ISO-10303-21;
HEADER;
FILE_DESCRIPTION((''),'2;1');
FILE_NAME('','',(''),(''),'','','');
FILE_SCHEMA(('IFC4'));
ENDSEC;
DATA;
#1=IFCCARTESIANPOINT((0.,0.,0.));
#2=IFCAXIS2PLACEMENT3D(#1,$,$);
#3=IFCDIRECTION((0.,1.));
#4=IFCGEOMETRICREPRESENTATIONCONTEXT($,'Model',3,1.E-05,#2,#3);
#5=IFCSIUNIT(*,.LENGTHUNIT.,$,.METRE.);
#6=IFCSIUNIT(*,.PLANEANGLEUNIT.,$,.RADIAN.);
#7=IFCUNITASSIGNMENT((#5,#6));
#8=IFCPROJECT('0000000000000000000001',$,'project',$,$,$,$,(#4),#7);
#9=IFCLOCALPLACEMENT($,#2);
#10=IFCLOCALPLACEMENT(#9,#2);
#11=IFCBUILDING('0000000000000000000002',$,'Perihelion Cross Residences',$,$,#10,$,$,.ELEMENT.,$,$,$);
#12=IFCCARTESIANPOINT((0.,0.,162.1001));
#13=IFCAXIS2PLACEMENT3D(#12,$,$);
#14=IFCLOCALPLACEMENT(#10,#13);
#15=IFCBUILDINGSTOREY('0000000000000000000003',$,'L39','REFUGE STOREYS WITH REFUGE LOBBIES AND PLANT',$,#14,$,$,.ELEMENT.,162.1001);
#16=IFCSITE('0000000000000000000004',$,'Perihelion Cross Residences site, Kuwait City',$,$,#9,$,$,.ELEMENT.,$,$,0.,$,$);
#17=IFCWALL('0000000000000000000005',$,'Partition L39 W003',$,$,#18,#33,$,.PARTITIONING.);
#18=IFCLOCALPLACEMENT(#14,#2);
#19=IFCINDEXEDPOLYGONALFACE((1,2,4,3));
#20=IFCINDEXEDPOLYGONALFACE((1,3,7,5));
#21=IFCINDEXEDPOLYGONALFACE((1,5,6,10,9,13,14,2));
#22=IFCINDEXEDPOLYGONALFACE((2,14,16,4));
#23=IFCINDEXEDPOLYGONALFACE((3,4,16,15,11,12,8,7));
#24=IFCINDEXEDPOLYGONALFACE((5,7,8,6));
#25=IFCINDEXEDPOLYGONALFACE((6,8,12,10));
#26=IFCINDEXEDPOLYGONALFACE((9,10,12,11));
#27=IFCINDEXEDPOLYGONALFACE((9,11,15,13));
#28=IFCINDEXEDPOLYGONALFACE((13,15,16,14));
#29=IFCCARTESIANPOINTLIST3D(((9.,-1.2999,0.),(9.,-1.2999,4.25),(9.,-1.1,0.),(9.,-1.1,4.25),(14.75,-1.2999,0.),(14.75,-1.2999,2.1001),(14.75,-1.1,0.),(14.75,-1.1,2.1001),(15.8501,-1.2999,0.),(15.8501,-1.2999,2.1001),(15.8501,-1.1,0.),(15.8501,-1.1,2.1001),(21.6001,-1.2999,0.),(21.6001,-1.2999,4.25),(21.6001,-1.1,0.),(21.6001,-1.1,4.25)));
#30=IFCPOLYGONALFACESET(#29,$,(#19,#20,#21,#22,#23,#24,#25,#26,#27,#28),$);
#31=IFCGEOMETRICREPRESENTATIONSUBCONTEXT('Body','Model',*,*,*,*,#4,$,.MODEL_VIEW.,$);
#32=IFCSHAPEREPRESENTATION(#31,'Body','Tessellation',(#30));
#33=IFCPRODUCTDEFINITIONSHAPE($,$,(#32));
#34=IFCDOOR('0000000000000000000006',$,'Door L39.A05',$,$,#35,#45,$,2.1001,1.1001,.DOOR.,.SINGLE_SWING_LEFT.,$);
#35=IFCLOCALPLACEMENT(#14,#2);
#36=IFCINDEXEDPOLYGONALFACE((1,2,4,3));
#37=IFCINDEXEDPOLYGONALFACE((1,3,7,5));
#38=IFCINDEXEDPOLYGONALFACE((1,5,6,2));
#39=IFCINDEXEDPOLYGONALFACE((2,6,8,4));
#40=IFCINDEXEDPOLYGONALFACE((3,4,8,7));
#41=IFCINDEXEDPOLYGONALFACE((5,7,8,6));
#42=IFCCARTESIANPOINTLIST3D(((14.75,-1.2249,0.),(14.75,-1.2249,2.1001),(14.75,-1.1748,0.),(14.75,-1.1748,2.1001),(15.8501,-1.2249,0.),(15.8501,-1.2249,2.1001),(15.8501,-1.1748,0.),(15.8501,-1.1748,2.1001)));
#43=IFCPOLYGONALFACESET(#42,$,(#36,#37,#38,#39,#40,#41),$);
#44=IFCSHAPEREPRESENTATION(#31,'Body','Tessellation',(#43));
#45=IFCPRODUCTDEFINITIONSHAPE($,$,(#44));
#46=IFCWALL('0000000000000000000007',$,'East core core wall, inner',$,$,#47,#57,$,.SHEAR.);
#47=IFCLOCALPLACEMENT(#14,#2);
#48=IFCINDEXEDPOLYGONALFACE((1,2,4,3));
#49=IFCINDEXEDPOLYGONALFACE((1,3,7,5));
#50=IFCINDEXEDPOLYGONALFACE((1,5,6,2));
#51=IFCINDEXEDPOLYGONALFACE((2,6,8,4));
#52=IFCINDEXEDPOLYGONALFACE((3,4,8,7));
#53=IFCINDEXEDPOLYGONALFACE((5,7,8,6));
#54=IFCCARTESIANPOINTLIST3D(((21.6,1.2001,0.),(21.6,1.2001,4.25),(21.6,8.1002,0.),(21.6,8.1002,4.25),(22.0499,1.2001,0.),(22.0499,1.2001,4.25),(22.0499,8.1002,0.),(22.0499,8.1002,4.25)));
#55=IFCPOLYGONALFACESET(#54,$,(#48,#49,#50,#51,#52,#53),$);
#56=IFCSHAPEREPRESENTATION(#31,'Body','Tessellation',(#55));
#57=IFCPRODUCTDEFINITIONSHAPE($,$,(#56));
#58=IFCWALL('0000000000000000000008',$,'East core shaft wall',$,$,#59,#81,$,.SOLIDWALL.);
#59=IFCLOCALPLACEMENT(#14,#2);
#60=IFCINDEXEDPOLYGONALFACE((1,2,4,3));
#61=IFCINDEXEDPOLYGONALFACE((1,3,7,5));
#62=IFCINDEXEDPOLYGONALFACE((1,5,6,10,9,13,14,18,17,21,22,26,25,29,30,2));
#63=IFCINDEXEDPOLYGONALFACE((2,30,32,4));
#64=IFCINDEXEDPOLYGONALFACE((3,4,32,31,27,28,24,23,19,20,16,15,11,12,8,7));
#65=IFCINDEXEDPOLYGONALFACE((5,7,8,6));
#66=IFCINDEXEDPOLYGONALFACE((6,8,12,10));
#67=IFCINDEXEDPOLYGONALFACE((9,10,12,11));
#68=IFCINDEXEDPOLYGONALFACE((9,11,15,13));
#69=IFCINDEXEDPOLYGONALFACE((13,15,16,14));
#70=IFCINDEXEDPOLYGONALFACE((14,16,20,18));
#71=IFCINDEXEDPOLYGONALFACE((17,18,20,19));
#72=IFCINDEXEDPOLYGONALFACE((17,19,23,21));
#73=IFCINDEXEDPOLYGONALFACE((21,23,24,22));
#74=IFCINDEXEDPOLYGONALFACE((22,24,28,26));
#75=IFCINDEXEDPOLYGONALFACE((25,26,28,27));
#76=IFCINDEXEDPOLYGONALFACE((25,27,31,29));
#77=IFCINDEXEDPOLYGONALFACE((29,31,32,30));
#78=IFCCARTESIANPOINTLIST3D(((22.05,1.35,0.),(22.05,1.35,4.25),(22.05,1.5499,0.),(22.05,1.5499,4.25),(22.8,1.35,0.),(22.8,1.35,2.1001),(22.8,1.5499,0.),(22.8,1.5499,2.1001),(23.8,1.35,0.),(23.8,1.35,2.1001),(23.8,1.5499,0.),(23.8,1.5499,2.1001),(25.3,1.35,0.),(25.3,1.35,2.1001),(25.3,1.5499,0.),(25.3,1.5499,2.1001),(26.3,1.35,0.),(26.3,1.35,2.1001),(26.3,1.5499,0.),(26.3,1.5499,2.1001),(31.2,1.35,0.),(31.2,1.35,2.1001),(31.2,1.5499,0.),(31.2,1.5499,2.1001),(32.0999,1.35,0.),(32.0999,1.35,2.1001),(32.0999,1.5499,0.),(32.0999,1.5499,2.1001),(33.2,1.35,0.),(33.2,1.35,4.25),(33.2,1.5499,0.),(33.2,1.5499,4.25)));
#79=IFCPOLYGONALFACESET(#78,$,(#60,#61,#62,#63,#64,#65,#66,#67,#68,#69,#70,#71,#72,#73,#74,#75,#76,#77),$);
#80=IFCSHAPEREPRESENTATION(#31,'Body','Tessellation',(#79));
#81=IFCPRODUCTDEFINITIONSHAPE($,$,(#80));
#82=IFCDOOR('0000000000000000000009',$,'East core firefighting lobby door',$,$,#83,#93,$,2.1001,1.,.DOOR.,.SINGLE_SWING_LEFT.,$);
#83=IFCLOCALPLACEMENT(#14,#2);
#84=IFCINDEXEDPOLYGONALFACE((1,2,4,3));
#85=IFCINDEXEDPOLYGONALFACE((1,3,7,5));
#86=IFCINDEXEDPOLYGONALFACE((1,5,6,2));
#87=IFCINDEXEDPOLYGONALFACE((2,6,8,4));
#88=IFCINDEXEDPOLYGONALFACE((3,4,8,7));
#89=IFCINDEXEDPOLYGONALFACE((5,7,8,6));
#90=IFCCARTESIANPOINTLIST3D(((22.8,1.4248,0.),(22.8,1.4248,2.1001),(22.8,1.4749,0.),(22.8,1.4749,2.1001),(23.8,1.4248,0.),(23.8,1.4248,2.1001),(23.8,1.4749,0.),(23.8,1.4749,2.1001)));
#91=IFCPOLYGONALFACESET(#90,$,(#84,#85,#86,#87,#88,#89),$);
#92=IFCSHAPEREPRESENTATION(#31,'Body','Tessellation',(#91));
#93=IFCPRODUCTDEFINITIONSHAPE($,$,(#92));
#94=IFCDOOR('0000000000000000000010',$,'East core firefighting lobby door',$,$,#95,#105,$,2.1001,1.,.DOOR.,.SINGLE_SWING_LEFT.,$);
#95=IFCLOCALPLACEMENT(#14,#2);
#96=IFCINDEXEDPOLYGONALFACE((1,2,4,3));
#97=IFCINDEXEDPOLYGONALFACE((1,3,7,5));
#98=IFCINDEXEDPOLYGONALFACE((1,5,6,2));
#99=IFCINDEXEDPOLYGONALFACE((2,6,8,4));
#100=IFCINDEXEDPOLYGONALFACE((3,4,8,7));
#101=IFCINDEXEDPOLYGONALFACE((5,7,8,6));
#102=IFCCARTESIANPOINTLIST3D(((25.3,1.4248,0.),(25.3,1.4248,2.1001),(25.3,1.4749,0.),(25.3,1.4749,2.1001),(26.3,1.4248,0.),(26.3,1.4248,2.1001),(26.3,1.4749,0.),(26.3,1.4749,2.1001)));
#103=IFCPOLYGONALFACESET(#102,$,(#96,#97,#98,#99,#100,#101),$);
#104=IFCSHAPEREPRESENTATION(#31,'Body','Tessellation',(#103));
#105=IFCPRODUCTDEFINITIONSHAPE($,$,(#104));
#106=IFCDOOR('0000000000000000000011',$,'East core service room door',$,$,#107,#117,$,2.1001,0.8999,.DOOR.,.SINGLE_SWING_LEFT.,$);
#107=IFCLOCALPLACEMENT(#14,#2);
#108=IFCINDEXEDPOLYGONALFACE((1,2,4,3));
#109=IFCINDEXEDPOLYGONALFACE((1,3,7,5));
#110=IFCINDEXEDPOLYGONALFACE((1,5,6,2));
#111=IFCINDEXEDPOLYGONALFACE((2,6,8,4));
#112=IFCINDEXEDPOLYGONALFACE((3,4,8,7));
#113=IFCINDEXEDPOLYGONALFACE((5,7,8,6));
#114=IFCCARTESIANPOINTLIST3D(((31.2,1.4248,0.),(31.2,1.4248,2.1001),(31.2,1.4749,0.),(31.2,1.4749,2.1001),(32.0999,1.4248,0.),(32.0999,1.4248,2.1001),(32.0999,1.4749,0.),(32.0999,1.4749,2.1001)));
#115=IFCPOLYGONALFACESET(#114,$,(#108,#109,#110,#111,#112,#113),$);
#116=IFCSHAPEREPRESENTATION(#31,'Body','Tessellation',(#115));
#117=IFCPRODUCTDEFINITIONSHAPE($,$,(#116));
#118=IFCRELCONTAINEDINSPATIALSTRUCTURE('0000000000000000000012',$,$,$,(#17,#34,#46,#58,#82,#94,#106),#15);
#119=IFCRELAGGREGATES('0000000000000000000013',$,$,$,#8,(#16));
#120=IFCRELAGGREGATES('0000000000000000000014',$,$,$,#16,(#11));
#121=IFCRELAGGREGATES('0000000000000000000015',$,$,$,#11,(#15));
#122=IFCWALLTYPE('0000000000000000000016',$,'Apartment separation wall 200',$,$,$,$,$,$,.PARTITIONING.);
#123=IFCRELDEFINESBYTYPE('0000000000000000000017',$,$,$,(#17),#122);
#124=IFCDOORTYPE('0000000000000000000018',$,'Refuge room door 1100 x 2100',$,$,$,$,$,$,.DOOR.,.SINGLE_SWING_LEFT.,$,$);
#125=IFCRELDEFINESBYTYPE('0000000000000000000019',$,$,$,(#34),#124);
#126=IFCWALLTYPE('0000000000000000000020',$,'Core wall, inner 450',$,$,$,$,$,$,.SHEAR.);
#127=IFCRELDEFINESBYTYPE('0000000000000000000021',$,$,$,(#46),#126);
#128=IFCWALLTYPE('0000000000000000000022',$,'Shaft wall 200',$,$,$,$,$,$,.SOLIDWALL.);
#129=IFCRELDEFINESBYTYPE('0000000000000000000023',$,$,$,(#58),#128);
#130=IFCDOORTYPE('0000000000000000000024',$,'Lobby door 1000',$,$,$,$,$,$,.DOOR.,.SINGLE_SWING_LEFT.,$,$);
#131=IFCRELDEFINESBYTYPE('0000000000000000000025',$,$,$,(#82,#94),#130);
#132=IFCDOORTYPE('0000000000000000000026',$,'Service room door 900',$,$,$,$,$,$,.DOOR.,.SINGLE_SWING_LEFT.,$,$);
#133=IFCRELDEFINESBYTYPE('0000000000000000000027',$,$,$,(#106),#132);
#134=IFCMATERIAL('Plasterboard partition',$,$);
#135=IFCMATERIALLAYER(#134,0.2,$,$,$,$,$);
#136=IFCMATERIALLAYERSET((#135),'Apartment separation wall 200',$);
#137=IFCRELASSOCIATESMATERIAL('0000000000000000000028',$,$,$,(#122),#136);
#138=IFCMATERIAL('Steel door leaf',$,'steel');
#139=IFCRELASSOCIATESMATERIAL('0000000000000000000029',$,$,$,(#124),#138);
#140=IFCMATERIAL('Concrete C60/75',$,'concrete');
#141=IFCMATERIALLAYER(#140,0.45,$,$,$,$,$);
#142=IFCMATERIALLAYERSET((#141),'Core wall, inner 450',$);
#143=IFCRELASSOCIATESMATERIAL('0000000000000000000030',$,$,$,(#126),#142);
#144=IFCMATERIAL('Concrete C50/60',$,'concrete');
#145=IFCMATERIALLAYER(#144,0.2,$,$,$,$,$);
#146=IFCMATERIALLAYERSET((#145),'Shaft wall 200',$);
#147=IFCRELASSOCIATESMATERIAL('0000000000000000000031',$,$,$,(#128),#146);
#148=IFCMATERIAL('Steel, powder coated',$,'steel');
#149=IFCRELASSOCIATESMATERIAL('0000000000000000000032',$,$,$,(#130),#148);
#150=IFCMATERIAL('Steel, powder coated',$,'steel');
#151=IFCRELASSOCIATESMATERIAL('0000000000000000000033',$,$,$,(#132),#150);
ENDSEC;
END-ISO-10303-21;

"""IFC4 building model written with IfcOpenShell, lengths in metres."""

from ifc_helpers import new_model, si_unit, direction, frame, frame_2d, origin, place, context, subcontext, project, spatial, rectangle, extrude, material, layer, layer_set, type_object, element, fill, save


model = new_model("IFC4")

# Units and contexts
model_context = context("Model", 3, precision=1e-05, world=origin(), true_north=direction((0.0, 1.0)))
body_context = subcontext(model_context, "Body", "Model", "MODEL_VIEW")
ifc_project = project(units=[si_unit("LENGTHUNIT", "METRE"), si_unit("PLANEANGLEUNIT", "RADIAN")], contexts=[model_context])

# Site, building, storey
site_placement = place(None, origin())
site = spatial("IfcSite", under=ifc_project, at=site_placement, Name="Perihelion Cross Residences site, Kuwait City", CompositionType="ELEMENT", RefElevation=0.0)
building_placement = place(site_placement, origin())
building = spatial("IfcBuilding", under=site, at=building_placement, Name="Perihelion Cross Residences", CompositionType="ELEMENT")
storey_placement = place(building_placement, frame((0.0, 0.0, 162.1001)))
storey = spatial("IfcBuildingStorey", under=building, at=storey_placement, Name="L39", Description="REFUGE STOREYS WITH REFUGE LOBBIES AND PLANT", CompositionType="ELEMENT", Elevation=162.1001)

# Wall, opening, door
ifc_material_1 = material(Name="Plasterboard partition")
ifc_layer_1 = layer(ifc_material_1, 0.2)
ifc_layer_set_1 = layer_set([ifc_layer_1], Name="Apartment separation wall 200")
wall_type_1 = type_object("IfcWallType", Name="Apartment separation wall 200", PredefinedType="PARTITIONING", material=ifc_layer_set_1)
wall_1_placement = place(storey_placement, frame((21.6001, -1.2, 0.0), z_axis=(0.0, 0.0, 1.0), x_axis=(-1.0, 0.0, 0.0)))
wall_1 = element("IfcWall", 1, at=wall_1_placement, inside=storey, type_object=wall_type_1, Name="Partition L39 W003", PredefinedType="PARTITIONING", context=body_context, shape_type="SweptSolid", body=[
    extrude(rectangle(XDim=12.6001, YDim=0.2, at=frame_2d((6.3, 0.0))), origin(), (0.0, 0.0, 1.0), 4.25),
])
opening_1_placement = place(wall_1_placement, frame((5.75, 0.0, 0.0)))
opening_1 = element("IfcOpeningElement", 2, at=opening_1_placement, cuts=wall_1, PredefinedType="OPENING", context=body_context, shape_type="SweptSolid", body=[
    extrude(rectangle(XDim=1.1001, YDim=2.1001, at=frame_2d((0.55, 1.05))), frame((0.0, 0.1099, 0.0), z_axis=(0.0, -1.0, 0.0), x_axis=(1.0, 0.0, 0.0)), (0.0, 0.0, 1.0), 0.22),
])
ifc_material_2 = material(Name="Steel door leaf", Category="steel")
door_type_1 = type_object("IfcDoorType", Name="Refuge room door 1100 x 2100", OperationType="SINGLE_SWING_LEFT", PredefinedType="DOOR", material=ifc_material_2)
door_1_placement = place(opening_1_placement, origin())
door_1 = element("IfcDoor", 3, at=door_1_placement, inside=storey, type_object=door_type_1, Name="Door L39.A05", OperationType="SINGLE_SWING_LEFT", OverallHeight=2.1001, OverallWidth=1.1001, PredefinedType="DOOR", context=body_context, shape_type="SweptSolid", body=[
    extrude(rectangle(XDim=1.1001, YDim=2.1001, at=frame_2d((0.55, 1.05))), frame((0.0, 0.0249, 0.0), z_axis=(0.0, -1.0, 0.0), x_axis=(1.0, 0.0, 0.0)), (0.0, 0.0, 1.0), 0.05),
])
fill(opening_1, door_1)

# Wall
ifc_material_3 = material(Name="Concrete C60/75", Category="concrete")
ifc_layer_2 = layer(ifc_material_3, 0.45)
ifc_layer_set_2 = layer_set([ifc_layer_2], Name="Core wall, inner 450")
wall_type_2 = type_object("IfcWallType", Name="Core wall, inner 450", PredefinedType="SHEAR", material=ifc_layer_set_2)
wall_2_placement = place(storey_placement, frame((21.825, 1.2, 0.0), z_axis=(0.0, 0.0, 1.0), x_axis=(0.0, 1.0, 0.0)))
element("IfcWall", 4, at=wall_2_placement, inside=storey, type_object=wall_type_2, Name="East core core wall, inner", PredefinedType="SHEAR", context=body_context, shape_type="SweptSolid", body=[
    extrude(rectangle(XDim=6.9001, YDim=0.45, at=frame_2d((3.4502, 0.0))), origin(), (0.0, 0.0, 1.0), 4.25),
])

# Wall, openings, doors
ifc_material_4 = material(Name="Concrete C50/60", Category="concrete")
ifc_layer_3 = layer(ifc_material_4, 0.2)
ifc_layer_set_3 = layer_set([ifc_layer_3], Name="Shaft wall 200")
wall_type_3 = type_object("IfcWallType", Name="Shaft wall 200", PredefinedType="SOLIDWALL", material=ifc_layer_set_3)
wall_3_placement = place(storey_placement, frame((22.05, 1.45, 0.0), z_axis=(0.0, 0.0, 1.0), x_axis=(1.0, 0.0, 0.0)))
wall_3 = element("IfcWall", 5, at=wall_3_placement, inside=storey, type_object=wall_type_3, Name="East core shaft wall", PredefinedType="SOLIDWALL", context=body_context, shape_type="SweptSolid", body=[
    extrude(rectangle(XDim=11.1499, YDim=0.2, at=frame_2d((5.575, 0.0))), origin(), (0.0, 0.0, 1.0), 4.25),
])
opening_2_placement = place(wall_3_placement, frame((0.75, 0.0, 0.0)))
opening_2 = element("IfcOpeningElement", 6, at=opening_2_placement, cuts=wall_3, PredefinedType="OPENING", context=body_context, shape_type="SweptSolid", body=[
    extrude(rectangle(XDim=1.0, YDim=2.1001, at=frame_2d((0.5, 1.05))), frame((0.0, 0.1099, 0.0), z_axis=(0.0, -1.0, 0.0), x_axis=(1.0, 0.0, 0.0)), (0.0, 0.0, 1.0), 0.22),
])
opening_3_placement = place(wall_3_placement, frame((3.25, 0.0, 0.0)))
opening_3 = element("IfcOpeningElement", 7, at=opening_3_placement, cuts=wall_3, PredefinedType="OPENING", context=body_context, shape_type="SweptSolid", body=[
    extrude(rectangle(XDim=1.0, YDim=2.1001, at=frame_2d((0.5, 1.05))), frame((0.0, 0.1099, 0.0), z_axis=(0.0, -1.0, 0.0), x_axis=(1.0, 0.0, 0.0)), (0.0, 0.0, 1.0), 0.22),
])
opening_4_placement = place(wall_3_placement, frame((9.1499, 0.0, 0.0)))
opening_4 = element("IfcOpeningElement", 8, at=opening_4_placement, cuts=wall_3, PredefinedType="OPENING", context=body_context, shape_type="SweptSolid", body=[
    extrude(rectangle(XDim=0.8999, YDim=2.1001, at=frame_2d((0.45, 1.05))), frame((0.0, 0.1099, 0.0), z_axis=(0.0, -1.0, 0.0), x_axis=(1.0, 0.0, 0.0)), (0.0, 0.0, 1.0), 0.22),
])
ifc_material_5 = material(Name="Steel, powder coated", Category="steel")
door_type_2 = type_object("IfcDoorType", Name="Lobby door 1000", OperationType="SINGLE_SWING_LEFT", PredefinedType="DOOR", material=ifc_material_5)
door_2_placement = place(opening_2_placement, origin())
door_2 = element("IfcDoor", 9, at=door_2_placement, inside=storey, type_object=door_type_2, Name="East core firefighting lobby door", OperationType="SINGLE_SWING_LEFT", OverallHeight=2.1001, OverallWidth=1.0, PredefinedType="DOOR", context=body_context, shape_type="SweptSolid", body=[
    extrude(rectangle(XDim=1.0, YDim=2.1001, at=frame_2d((0.5, 1.05))), frame((0.0, 0.0249, 0.0), z_axis=(0.0, -1.0, 0.0), x_axis=(1.0, 0.0, 0.0)), (0.0, 0.0, 1.0), 0.05),
])
fill(opening_2, door_2)
door_3_placement = place(opening_3_placement, origin())
door_3 = element("IfcDoor", 10, at=door_3_placement, inside=storey, type_object=door_type_2, Name="East core firefighting lobby door", OperationType="SINGLE_SWING_LEFT", OverallHeight=2.1001, OverallWidth=1.0, PredefinedType="DOOR", context=body_context, shape_type="SweptSolid", body=[
    extrude(rectangle(XDim=1.0, YDim=2.1001, at=frame_2d((0.5, 1.05))), frame((0.0, 0.0249, 0.0), z_axis=(0.0, -1.0, 0.0), x_axis=(1.0, 0.0, 0.0)), (0.0, 0.0, 1.0), 0.05),
])
fill(opening_3, door_3)
ifc_material_6 = material(Name="Steel, powder coated", Category="steel")
door_type_3 = type_object("IfcDoorType", Name="Service room door 900", OperationType="SINGLE_SWING_LEFT", PredefinedType="DOOR", material=ifc_material_6)
door_4_placement = place(opening_4_placement, origin())
door_4 = element("IfcDoor", 11, at=door_4_placement, inside=storey, type_object=door_type_3, Name="East core service room door", OperationType="SINGLE_SWING_LEFT", OverallHeight=2.1001, OverallWidth=0.8999, PredefinedType="DOOR", context=body_context, shape_type="SweptSolid", body=[
    extrude(rectangle(XDim=0.8999, YDim=2.1001, at=frame_2d((0.45, 1.05))), frame((0.0, 0.0249, 0.0), z_axis=(0.0, -1.0, 0.0), x_axis=(1.0, 0.0, 0.0)), (0.0, 0.0, 1.0), 0.05),
])
fill(opening_4, door_4)

save(model, "model.ifc")
